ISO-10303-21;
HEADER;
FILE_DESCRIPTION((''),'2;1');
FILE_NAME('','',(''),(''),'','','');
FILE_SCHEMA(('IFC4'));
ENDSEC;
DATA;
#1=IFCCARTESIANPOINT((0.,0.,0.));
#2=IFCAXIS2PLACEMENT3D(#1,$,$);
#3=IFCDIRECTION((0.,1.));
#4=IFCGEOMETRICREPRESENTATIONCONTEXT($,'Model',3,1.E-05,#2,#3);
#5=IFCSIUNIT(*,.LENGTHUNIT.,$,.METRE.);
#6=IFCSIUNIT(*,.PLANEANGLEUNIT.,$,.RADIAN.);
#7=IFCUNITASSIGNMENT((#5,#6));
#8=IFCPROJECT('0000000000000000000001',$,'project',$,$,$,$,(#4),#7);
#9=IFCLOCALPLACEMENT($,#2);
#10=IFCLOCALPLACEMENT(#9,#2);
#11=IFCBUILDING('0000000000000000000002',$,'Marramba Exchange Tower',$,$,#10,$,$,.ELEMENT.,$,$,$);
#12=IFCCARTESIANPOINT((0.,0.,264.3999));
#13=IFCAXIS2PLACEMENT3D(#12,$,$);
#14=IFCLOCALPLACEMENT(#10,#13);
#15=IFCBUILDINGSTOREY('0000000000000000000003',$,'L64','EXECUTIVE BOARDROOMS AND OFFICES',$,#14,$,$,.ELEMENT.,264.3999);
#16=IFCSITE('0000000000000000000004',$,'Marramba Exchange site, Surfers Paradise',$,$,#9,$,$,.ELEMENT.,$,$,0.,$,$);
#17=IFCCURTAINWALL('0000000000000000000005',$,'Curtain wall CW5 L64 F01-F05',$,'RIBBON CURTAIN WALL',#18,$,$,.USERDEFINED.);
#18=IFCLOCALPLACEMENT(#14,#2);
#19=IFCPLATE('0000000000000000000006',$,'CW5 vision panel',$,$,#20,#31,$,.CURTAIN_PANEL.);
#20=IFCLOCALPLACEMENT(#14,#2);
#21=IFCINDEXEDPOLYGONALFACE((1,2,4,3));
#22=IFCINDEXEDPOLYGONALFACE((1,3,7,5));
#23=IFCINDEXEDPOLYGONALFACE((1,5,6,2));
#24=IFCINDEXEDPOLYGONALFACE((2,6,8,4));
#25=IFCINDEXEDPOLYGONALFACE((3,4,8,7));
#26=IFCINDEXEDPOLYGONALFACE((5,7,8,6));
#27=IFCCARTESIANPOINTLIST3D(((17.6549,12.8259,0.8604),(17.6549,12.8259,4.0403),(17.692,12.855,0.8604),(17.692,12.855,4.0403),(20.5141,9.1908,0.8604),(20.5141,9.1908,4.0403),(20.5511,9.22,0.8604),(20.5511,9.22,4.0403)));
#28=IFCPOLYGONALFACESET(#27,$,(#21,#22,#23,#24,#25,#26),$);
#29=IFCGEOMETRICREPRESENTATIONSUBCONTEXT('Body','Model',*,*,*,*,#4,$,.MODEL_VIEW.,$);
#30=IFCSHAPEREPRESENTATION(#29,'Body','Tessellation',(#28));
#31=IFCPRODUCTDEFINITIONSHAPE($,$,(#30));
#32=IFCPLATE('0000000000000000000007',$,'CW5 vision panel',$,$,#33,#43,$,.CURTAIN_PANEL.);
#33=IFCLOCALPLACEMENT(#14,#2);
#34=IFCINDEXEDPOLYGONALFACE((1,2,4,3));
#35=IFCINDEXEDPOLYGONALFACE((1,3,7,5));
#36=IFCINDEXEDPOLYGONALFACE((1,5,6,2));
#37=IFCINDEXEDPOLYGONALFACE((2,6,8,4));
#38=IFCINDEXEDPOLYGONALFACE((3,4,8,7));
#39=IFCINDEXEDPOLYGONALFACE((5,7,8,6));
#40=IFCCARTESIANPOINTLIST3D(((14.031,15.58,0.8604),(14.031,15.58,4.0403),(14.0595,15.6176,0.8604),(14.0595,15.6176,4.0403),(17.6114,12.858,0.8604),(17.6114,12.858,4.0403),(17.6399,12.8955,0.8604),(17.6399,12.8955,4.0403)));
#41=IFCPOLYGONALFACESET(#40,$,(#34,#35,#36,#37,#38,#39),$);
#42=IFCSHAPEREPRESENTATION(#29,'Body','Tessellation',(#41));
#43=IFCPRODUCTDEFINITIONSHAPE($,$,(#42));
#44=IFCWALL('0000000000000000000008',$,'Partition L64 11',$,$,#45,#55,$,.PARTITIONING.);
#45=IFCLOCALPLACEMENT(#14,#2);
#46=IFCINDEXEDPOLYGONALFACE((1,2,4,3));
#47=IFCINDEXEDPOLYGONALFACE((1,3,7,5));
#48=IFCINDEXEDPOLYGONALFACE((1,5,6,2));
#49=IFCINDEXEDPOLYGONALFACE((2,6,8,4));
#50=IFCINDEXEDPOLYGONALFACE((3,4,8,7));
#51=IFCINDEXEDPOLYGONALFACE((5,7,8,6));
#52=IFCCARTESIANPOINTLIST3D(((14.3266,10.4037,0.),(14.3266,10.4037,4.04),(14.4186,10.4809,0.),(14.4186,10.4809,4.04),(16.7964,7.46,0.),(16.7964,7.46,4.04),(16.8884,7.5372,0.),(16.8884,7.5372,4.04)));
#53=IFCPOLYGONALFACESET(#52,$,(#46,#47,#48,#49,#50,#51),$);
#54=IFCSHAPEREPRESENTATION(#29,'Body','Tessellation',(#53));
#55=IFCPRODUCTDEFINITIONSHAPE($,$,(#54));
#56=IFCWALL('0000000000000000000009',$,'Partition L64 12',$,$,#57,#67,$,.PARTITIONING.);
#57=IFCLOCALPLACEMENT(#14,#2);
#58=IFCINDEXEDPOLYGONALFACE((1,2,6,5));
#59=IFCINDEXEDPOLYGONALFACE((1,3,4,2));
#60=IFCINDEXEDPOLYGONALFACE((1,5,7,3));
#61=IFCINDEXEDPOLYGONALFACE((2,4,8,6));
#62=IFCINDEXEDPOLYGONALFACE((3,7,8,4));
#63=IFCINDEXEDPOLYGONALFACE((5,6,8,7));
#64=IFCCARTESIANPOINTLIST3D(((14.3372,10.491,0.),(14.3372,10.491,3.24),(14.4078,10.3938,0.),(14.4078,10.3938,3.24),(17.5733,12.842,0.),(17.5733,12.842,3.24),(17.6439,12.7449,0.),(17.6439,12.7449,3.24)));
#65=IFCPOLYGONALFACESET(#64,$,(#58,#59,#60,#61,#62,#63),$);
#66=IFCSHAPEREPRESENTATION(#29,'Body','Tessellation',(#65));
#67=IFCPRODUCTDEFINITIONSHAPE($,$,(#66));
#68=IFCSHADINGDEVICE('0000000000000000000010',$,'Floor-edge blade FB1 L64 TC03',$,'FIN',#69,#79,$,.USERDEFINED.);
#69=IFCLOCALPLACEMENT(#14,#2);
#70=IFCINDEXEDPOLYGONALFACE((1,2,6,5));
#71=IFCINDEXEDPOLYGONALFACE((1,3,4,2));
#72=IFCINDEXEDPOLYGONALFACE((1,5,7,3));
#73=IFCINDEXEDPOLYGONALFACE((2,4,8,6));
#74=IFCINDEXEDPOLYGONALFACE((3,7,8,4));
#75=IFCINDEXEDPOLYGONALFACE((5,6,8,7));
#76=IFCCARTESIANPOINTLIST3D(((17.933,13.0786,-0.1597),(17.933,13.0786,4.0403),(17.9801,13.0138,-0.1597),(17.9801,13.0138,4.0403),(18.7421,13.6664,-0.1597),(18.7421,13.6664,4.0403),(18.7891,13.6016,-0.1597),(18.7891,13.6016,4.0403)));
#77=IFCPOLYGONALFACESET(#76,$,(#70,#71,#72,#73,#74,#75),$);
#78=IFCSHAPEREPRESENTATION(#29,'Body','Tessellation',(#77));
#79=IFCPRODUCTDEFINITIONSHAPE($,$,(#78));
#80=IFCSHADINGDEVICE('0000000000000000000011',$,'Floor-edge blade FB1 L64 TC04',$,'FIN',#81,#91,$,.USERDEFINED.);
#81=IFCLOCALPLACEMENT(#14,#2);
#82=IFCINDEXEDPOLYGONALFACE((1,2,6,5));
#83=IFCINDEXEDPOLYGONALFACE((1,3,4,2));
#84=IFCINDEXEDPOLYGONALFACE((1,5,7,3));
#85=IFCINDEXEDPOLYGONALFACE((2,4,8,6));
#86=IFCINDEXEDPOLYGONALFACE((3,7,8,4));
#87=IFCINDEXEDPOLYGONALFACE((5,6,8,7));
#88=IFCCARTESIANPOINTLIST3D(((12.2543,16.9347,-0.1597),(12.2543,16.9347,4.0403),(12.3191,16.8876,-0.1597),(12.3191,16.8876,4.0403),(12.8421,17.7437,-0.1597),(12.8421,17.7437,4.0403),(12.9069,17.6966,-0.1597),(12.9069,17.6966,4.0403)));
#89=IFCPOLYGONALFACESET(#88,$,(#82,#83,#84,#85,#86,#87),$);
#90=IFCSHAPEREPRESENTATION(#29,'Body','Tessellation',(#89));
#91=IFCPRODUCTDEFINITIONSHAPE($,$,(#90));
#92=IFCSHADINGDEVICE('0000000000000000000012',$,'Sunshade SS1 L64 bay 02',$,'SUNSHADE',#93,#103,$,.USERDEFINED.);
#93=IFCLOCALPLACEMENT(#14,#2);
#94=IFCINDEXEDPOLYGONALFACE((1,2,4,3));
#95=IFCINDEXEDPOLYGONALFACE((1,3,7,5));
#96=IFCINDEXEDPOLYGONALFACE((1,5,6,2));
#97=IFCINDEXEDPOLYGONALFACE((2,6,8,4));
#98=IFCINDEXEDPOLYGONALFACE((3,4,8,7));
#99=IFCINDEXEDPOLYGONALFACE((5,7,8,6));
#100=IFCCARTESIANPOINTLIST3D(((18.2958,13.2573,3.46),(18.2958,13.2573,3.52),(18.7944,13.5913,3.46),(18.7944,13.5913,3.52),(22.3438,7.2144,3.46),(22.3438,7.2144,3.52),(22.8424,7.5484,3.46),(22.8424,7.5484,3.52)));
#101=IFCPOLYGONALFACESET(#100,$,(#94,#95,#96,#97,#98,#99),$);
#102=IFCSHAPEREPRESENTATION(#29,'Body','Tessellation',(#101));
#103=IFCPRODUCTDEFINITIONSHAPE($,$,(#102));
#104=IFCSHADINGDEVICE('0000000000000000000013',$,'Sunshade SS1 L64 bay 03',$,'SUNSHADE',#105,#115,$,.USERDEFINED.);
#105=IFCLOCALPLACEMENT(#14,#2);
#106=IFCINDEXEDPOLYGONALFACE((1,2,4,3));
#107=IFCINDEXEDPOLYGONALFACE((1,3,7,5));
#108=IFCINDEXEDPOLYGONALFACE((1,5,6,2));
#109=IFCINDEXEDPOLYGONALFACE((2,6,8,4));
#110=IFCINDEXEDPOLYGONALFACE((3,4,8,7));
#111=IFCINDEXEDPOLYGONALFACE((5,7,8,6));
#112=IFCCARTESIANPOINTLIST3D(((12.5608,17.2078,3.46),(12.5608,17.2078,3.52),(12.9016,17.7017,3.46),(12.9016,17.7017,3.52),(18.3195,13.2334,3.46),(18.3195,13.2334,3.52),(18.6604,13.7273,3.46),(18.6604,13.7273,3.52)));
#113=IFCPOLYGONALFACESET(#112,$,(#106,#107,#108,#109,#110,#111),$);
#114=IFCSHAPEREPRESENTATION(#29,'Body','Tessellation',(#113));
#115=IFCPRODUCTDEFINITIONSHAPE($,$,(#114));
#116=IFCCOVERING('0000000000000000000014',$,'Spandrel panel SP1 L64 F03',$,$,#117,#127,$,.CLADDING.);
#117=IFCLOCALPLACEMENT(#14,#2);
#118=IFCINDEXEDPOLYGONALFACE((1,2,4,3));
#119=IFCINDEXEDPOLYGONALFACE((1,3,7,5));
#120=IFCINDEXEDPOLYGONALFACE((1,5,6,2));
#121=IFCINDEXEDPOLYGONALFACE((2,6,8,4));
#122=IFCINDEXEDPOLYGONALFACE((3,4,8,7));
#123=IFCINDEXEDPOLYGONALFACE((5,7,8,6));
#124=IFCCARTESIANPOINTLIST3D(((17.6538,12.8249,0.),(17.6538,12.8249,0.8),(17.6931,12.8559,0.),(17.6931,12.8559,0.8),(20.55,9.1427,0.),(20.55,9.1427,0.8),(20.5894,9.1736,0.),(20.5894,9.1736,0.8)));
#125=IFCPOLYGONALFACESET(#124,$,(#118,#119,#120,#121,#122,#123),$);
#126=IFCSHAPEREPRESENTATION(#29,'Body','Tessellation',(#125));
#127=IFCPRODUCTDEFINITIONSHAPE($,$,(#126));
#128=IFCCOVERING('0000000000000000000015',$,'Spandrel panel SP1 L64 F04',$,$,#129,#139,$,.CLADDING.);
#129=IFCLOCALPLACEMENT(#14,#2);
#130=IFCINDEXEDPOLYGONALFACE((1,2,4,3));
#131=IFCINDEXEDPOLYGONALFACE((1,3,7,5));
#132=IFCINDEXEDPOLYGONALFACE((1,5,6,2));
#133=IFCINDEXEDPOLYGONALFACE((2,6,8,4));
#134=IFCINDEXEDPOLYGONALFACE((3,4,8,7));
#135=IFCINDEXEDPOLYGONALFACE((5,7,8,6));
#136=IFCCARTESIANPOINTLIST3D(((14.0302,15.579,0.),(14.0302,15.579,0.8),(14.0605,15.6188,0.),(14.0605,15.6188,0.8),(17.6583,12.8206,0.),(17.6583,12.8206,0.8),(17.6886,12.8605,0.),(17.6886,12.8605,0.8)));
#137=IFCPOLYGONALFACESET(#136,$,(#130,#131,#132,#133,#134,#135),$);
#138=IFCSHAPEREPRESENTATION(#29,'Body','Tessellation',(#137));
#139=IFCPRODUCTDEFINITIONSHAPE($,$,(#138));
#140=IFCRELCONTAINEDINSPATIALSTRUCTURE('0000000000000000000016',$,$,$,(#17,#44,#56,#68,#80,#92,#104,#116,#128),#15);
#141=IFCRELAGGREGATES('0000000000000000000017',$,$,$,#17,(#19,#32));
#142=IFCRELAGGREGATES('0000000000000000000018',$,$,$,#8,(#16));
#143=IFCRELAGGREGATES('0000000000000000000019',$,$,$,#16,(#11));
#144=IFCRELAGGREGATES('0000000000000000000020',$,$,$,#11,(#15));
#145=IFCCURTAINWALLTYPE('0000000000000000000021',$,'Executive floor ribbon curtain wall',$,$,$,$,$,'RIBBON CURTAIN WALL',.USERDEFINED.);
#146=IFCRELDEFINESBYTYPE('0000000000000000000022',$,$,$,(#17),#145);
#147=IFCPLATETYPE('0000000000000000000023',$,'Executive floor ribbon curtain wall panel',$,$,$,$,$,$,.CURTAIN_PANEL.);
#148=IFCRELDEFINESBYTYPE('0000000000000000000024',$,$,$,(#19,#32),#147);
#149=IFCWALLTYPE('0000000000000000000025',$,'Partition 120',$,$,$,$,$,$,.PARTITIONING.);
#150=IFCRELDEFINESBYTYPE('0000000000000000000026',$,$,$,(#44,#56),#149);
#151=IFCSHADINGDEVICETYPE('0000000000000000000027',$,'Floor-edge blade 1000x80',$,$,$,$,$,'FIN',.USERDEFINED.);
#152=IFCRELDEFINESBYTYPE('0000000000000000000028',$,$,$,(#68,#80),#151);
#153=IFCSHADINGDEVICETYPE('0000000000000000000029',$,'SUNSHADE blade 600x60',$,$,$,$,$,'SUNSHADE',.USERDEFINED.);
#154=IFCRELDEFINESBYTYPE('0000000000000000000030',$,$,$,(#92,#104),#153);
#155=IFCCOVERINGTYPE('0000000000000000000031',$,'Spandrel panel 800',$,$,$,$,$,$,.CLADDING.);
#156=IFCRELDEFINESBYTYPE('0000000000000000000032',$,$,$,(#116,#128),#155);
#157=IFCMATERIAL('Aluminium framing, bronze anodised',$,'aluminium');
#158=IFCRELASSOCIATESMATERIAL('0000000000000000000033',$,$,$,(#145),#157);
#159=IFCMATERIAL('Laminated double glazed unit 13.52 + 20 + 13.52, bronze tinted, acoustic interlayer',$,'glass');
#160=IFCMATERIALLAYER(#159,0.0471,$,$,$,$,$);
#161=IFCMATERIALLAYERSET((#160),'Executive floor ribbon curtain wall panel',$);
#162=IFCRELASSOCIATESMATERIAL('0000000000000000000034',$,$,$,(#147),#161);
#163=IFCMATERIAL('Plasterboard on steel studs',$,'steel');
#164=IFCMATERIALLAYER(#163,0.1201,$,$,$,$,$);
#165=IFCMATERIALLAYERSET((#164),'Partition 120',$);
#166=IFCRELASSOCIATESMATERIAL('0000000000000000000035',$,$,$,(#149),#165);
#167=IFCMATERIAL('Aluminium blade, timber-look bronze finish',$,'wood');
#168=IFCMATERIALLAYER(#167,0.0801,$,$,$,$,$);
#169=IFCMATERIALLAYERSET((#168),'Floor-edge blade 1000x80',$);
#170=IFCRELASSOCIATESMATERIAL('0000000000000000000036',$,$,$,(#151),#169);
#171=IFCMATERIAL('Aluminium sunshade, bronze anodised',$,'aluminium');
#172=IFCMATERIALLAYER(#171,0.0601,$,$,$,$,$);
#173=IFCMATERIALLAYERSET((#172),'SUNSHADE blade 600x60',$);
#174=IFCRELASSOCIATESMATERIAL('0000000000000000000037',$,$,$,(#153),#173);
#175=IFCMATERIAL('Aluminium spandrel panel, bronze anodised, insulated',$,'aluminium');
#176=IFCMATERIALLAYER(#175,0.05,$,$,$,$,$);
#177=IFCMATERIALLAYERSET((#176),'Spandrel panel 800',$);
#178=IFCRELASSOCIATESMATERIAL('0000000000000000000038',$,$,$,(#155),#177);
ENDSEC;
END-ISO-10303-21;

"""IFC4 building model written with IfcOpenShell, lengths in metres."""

from ifc_helpers import new_model, si_unit, direction, frame, frame_2d, origin, origin_2d, place, context, subcontext, project, spatial, rectangle, extrude, material, layer, layer_set, type_object, element, aggregate, save


model = new_model("IFC4")

# Units and contexts
model_context = context("Model", 3, precision=1e-05, world=origin(), true_north=direction((0.0, 1.0)))
body_context = subcontext(model_context, "Body", "Model", "MODEL_VIEW")
ifc_project = project(units=[si_unit("LENGTHUNIT", "METRE"), si_unit("PLANEANGLEUNIT", "RADIAN")], contexts=[model_context])

# Site, building, storey
site_placement = place(None, origin())
site = spatial("IfcSite", under=ifc_project, at=site_placement, Name="Marramba Exchange site, Surfers Paradise", CompositionType="ELEMENT", RefElevation=0.0)
building_placement = place(site_placement, origin())
building = spatial("IfcBuilding", under=site, at=building_placement, Name="Marramba Exchange Tower", CompositionType="ELEMENT")
storey_placement = place(building_placement, frame((0.0, 0.0, 264.3999)))
storey = spatial("IfcBuildingStorey", under=building, at=storey_placement, Name="L64", Description="EXECUTIVE BOARDROOMS AND OFFICES", CompositionType="ELEMENT", Elevation=264.3999)

# Curtain wall
ifc_material_1 = material(Name="Aluminium framing, bronze anodised", Category="aluminium")
curtain_wall_type = type_object("IfcCurtainWallType", Name="Executive floor ribbon curtain wall", ElementType="RIBBON CURTAIN WALL", PredefinedType="USERDEFINED", material=ifc_material_1)
curtain_wall_placement = place(storey_placement, origin())
curtain_wall = element("IfcCurtainWall", 1, at=curtain_wall_placement, inside=storey, type_object=curtain_wall_type, Name="Curtain wall CW5 L64 F01-F05", ObjectType="RIBBON CURTAIN WALL", PredefinedType="USERDEFINED")

# Plates
ifc_material_2 = material(Name="Laminated double glazed unit 13.52 + 20 + 13.52, bronze tinted, acoustic interlayer", Category="glass")
ifc_layer_1 = layer(ifc_material_2, 0.0471)
ifc_layer_set_1 = layer_set([ifc_layer_1], Name="Executive floor ribbon curtain wall panel")
plate_type = type_object("IfcPlateType", Name="Executive floor ribbon curtain wall panel", PredefinedType="CURTAIN_PANEL", material=ifc_layer_set_1)
plate_1_placement = place(storey_placement, frame((19.103, 11.0229, 0.8604), z_axis=(0.0, 0.0, 1.0), x_axis=(-0.618223, 0.786003, 0.0)))
plate_1 = element("IfcPlate", 2, at=plate_1_placement, type_object=plate_type, Name="CW5 vision panel", PredefinedType="CURTAIN_PANEL", context=body_context, shape_type="SweptSolid", body=[
    extrude(rectangle(XDim=4.6248, YDim=0.0471, at=origin_2d()), origin(), (0.0, 0.0, 1.0), 3.1799),
])
plate_2_placement = place(storey_placement, frame((15.8354, 14.2378, 0.8604), z_axis=(0.0, 0.0, 1.0), x_axis=(-0.796059, 0.605219, 0.0)))
plate_2 = element("IfcPlate", 3, at=plate_2_placement, type_object=plate_type, Name="CW5 vision panel", PredefinedType="CURTAIN_PANEL", context=body_context, shape_type="SweptSolid", body=[
    extrude(rectangle(XDim=4.4976, YDim=0.0471, at=origin_2d()), origin(), (0.0, 0.0, 1.0), 3.1799),
])
aggregate(curtain_wall, [plate_1, plate_2])

# Walls
ifc_material_3 = material(Name="Plasterboard on steel studs", Category="steel")
ifc_layer_2 = layer(ifc_material_3, 0.1201)
ifc_layer_set_2 = layer_set([ifc_layer_2], Name="Partition 120")
wall_type_1 = type_object("IfcWallType", Name="Partition 120", PredefinedType="PARTITIONING", material=ifc_layer_set_2)
wall_1_placement = place(storey_placement, frame((14.3726, 10.4424, 0.0), z_axis=(0.0, 0.0, 1.0), x_axis=(0.642749, -0.766076, 0.0)))
element("IfcWall", 4, at=wall_1_placement, inside=storey, type_object=wall_type_1, Name="Partition L64 11", PredefinedType="PARTITIONING", context=body_context, shape_type="SweptSolid", body=[
    extrude(rectangle(XDim=3.8425, YDim=0.1201, at=frame_2d((1.9214, 0.0))), origin(), (0.0, 0.0, 1.0), 4.04),
])
wall_2_placement = place(storey_placement, frame((17.6086, 12.7935, 0.0), z_axis=(0.0, 0.0, 1.0), x_axis=(-0.809026, -0.587772, 0.0)))
element("IfcWall", 5, at=wall_2_placement, inside=storey, type_object=wall_type_1, Name="Partition L64 12", PredefinedType="PARTITIONING", context=body_context, shape_type="SweptSolid", body=[
    extrude(rectangle(XDim=4.0, YDim=0.1201, at=frame_2d((2.0, 0.0))), origin(), (0.0, 0.0, 1.0), 3.24),
])

# Shading devices
ifc_material_4 = material(Name="Aluminium blade, timber-look bronze finish", Category="wood")
ifc_layer_3 = layer(ifc_material_4, 0.0801)
ifc_layer_set_3 = layer_set([ifc_layer_3], Name="Floor-edge blade 1000x80")
shading_device_type_1 = type_object("IfcShadingDeviceType", Name="Floor-edge blade 1000x80", ElementType="FIN", PredefinedType="USERDEFINED", material=ifc_layer_set_3)
for number, where, z_axis, x_axis, name in (
    (6, (18.3611, 13.3401, -0.1597), (0.0, 0.0, 1.0), (0.809017, 0.587785, 0.0), "Floor-edge blade FB1 L64 TC03"),
    (7, (12.5806, 17.3157, -0.1597), (0.0, 0.0, 1.0), (0.587785, 0.809017, 0.0), "Floor-edge blade FB1 L64 TC04"),
):
    element("IfcShadingDevice", number, at=place(storey_placement, frame(where, z_axis=z_axis, x_axis=x_axis)), inside=storey, type_object=shading_device_type_1, Name=name, ObjectType="FIN", PredefinedType="USERDEFINED", context=body_context, shape_type="SweptSolid", body=[
        extrude(rectangle(XDim=1.0, YDim=0.0801, at=origin_2d()), origin(), (0.0, 0.0, 1.0), 4.2),
    ])
ifc_material_5 = material(Name="Aluminium sunshade, bronze anodised", Category="aluminium")
ifc_layer_4 = layer(ifc_material_5, 0.0601)
ifc_layer_set_4 = layer_set([ifc_layer_4], Name="SUNSHADE blade 600x60")
shading_device_type_2 = type_object("IfcShadingDeviceType", Name="SUNSHADE blade 600x60", ElementType="SUNSHADE", PredefinedType="USERDEFINED", material=ifc_layer_set_4)
shading_device_1_placement = place(storey_placement, frame((20.5691, 10.4028, 3.46), z_axis=(0.0, 0.0, 1.0), x_axis=(-0.55654, 0.830821, 0.0)))
element("IfcShadingDevice", 8, at=shading_device_1_placement, inside=storey, type_object=shading_device_type_2, Name="Sunshade SS1 L64 bay 02", ObjectType="SUNSHADE", PredefinedType="USERDEFINED", context=body_context, shape_type="SweptSolid", body=[
    extrude(rectangle(XDim=7.2734, YDim=0.6001, at=origin_2d()), origin(), (0.0, 0.0, 1.0), 0.0601),
])
shading_device_2_placement = place(storey_placement, frame((15.6106, 15.4675, 3.46), z_axis=(0.0, 0.0, 1.0), x_axis=(-0.823024, 0.568006, 0.0)))
element("IfcShadingDevice", 9, at=shading_device_2_placement, inside=storey, type_object=shading_device_type_2, Name="Sunshade SS1 L64 bay 03", ObjectType="SUNSHADE", PredefinedType="USERDEFINED", context=body_context, shape_type="SweptSolid", body=[
    extrude(rectangle(XDim=6.9971, YDim=0.6001, at=origin_2d()), origin(), (0.0, 0.0, 1.0), 0.0601),
])

# Coverings
ifc_material_6 = material(Name="Aluminium spandrel panel, bronze anodised, insulated", Category="aluminium")
ifc_layer_5 = layer(ifc_material_6, 0.05)
ifc_layer_set_5 = layer_set([ifc_layer_5], Name="Spandrel panel 800")
covering_type = type_object("IfcCoveringType", Name="Spandrel panel 800", PredefinedType="CLADDING", material=ifc_layer_set_5)
covering_1_placement = place(storey_placement, frame((19.1216, 10.9993, 0.0), z_axis=(0.0, 0.0, 1.0), x_axis=(-0.618223, 0.786003, 0.0)))
element("IfcCovering", 10, at=covering_1_placement, inside=storey, type_object=covering_type, Name="Spandrel panel SP1 L64 F03", PredefinedType="CLADDING", context=body_context, shape_type="SweptSolid", body=[
    extrude(rectangle(XDim=4.6848, YDim=0.05, at=origin_2d()), origin(), (0.0, 0.0, 1.0), 0.8),
])
covering_2_placement = place(storey_placement, frame((15.8594, 14.2197, 0.0), z_axis=(0.0, 0.0, 1.0), x_axis=(-0.796059, 0.605219, 0.0)))
element("IfcCovering", 11, at=covering_2_placement, inside=storey, type_object=covering_type, Name="Spandrel panel SP1 L64 F04", PredefinedType="CLADDING", context=body_context, shape_type="SweptSolid", body=[
    extrude(rectangle(XDim=4.5576, YDim=0.05, at=origin_2d()), origin(), (0.0, 0.0, 1.0), 0.8),
])

save(model, "model.ifc")
